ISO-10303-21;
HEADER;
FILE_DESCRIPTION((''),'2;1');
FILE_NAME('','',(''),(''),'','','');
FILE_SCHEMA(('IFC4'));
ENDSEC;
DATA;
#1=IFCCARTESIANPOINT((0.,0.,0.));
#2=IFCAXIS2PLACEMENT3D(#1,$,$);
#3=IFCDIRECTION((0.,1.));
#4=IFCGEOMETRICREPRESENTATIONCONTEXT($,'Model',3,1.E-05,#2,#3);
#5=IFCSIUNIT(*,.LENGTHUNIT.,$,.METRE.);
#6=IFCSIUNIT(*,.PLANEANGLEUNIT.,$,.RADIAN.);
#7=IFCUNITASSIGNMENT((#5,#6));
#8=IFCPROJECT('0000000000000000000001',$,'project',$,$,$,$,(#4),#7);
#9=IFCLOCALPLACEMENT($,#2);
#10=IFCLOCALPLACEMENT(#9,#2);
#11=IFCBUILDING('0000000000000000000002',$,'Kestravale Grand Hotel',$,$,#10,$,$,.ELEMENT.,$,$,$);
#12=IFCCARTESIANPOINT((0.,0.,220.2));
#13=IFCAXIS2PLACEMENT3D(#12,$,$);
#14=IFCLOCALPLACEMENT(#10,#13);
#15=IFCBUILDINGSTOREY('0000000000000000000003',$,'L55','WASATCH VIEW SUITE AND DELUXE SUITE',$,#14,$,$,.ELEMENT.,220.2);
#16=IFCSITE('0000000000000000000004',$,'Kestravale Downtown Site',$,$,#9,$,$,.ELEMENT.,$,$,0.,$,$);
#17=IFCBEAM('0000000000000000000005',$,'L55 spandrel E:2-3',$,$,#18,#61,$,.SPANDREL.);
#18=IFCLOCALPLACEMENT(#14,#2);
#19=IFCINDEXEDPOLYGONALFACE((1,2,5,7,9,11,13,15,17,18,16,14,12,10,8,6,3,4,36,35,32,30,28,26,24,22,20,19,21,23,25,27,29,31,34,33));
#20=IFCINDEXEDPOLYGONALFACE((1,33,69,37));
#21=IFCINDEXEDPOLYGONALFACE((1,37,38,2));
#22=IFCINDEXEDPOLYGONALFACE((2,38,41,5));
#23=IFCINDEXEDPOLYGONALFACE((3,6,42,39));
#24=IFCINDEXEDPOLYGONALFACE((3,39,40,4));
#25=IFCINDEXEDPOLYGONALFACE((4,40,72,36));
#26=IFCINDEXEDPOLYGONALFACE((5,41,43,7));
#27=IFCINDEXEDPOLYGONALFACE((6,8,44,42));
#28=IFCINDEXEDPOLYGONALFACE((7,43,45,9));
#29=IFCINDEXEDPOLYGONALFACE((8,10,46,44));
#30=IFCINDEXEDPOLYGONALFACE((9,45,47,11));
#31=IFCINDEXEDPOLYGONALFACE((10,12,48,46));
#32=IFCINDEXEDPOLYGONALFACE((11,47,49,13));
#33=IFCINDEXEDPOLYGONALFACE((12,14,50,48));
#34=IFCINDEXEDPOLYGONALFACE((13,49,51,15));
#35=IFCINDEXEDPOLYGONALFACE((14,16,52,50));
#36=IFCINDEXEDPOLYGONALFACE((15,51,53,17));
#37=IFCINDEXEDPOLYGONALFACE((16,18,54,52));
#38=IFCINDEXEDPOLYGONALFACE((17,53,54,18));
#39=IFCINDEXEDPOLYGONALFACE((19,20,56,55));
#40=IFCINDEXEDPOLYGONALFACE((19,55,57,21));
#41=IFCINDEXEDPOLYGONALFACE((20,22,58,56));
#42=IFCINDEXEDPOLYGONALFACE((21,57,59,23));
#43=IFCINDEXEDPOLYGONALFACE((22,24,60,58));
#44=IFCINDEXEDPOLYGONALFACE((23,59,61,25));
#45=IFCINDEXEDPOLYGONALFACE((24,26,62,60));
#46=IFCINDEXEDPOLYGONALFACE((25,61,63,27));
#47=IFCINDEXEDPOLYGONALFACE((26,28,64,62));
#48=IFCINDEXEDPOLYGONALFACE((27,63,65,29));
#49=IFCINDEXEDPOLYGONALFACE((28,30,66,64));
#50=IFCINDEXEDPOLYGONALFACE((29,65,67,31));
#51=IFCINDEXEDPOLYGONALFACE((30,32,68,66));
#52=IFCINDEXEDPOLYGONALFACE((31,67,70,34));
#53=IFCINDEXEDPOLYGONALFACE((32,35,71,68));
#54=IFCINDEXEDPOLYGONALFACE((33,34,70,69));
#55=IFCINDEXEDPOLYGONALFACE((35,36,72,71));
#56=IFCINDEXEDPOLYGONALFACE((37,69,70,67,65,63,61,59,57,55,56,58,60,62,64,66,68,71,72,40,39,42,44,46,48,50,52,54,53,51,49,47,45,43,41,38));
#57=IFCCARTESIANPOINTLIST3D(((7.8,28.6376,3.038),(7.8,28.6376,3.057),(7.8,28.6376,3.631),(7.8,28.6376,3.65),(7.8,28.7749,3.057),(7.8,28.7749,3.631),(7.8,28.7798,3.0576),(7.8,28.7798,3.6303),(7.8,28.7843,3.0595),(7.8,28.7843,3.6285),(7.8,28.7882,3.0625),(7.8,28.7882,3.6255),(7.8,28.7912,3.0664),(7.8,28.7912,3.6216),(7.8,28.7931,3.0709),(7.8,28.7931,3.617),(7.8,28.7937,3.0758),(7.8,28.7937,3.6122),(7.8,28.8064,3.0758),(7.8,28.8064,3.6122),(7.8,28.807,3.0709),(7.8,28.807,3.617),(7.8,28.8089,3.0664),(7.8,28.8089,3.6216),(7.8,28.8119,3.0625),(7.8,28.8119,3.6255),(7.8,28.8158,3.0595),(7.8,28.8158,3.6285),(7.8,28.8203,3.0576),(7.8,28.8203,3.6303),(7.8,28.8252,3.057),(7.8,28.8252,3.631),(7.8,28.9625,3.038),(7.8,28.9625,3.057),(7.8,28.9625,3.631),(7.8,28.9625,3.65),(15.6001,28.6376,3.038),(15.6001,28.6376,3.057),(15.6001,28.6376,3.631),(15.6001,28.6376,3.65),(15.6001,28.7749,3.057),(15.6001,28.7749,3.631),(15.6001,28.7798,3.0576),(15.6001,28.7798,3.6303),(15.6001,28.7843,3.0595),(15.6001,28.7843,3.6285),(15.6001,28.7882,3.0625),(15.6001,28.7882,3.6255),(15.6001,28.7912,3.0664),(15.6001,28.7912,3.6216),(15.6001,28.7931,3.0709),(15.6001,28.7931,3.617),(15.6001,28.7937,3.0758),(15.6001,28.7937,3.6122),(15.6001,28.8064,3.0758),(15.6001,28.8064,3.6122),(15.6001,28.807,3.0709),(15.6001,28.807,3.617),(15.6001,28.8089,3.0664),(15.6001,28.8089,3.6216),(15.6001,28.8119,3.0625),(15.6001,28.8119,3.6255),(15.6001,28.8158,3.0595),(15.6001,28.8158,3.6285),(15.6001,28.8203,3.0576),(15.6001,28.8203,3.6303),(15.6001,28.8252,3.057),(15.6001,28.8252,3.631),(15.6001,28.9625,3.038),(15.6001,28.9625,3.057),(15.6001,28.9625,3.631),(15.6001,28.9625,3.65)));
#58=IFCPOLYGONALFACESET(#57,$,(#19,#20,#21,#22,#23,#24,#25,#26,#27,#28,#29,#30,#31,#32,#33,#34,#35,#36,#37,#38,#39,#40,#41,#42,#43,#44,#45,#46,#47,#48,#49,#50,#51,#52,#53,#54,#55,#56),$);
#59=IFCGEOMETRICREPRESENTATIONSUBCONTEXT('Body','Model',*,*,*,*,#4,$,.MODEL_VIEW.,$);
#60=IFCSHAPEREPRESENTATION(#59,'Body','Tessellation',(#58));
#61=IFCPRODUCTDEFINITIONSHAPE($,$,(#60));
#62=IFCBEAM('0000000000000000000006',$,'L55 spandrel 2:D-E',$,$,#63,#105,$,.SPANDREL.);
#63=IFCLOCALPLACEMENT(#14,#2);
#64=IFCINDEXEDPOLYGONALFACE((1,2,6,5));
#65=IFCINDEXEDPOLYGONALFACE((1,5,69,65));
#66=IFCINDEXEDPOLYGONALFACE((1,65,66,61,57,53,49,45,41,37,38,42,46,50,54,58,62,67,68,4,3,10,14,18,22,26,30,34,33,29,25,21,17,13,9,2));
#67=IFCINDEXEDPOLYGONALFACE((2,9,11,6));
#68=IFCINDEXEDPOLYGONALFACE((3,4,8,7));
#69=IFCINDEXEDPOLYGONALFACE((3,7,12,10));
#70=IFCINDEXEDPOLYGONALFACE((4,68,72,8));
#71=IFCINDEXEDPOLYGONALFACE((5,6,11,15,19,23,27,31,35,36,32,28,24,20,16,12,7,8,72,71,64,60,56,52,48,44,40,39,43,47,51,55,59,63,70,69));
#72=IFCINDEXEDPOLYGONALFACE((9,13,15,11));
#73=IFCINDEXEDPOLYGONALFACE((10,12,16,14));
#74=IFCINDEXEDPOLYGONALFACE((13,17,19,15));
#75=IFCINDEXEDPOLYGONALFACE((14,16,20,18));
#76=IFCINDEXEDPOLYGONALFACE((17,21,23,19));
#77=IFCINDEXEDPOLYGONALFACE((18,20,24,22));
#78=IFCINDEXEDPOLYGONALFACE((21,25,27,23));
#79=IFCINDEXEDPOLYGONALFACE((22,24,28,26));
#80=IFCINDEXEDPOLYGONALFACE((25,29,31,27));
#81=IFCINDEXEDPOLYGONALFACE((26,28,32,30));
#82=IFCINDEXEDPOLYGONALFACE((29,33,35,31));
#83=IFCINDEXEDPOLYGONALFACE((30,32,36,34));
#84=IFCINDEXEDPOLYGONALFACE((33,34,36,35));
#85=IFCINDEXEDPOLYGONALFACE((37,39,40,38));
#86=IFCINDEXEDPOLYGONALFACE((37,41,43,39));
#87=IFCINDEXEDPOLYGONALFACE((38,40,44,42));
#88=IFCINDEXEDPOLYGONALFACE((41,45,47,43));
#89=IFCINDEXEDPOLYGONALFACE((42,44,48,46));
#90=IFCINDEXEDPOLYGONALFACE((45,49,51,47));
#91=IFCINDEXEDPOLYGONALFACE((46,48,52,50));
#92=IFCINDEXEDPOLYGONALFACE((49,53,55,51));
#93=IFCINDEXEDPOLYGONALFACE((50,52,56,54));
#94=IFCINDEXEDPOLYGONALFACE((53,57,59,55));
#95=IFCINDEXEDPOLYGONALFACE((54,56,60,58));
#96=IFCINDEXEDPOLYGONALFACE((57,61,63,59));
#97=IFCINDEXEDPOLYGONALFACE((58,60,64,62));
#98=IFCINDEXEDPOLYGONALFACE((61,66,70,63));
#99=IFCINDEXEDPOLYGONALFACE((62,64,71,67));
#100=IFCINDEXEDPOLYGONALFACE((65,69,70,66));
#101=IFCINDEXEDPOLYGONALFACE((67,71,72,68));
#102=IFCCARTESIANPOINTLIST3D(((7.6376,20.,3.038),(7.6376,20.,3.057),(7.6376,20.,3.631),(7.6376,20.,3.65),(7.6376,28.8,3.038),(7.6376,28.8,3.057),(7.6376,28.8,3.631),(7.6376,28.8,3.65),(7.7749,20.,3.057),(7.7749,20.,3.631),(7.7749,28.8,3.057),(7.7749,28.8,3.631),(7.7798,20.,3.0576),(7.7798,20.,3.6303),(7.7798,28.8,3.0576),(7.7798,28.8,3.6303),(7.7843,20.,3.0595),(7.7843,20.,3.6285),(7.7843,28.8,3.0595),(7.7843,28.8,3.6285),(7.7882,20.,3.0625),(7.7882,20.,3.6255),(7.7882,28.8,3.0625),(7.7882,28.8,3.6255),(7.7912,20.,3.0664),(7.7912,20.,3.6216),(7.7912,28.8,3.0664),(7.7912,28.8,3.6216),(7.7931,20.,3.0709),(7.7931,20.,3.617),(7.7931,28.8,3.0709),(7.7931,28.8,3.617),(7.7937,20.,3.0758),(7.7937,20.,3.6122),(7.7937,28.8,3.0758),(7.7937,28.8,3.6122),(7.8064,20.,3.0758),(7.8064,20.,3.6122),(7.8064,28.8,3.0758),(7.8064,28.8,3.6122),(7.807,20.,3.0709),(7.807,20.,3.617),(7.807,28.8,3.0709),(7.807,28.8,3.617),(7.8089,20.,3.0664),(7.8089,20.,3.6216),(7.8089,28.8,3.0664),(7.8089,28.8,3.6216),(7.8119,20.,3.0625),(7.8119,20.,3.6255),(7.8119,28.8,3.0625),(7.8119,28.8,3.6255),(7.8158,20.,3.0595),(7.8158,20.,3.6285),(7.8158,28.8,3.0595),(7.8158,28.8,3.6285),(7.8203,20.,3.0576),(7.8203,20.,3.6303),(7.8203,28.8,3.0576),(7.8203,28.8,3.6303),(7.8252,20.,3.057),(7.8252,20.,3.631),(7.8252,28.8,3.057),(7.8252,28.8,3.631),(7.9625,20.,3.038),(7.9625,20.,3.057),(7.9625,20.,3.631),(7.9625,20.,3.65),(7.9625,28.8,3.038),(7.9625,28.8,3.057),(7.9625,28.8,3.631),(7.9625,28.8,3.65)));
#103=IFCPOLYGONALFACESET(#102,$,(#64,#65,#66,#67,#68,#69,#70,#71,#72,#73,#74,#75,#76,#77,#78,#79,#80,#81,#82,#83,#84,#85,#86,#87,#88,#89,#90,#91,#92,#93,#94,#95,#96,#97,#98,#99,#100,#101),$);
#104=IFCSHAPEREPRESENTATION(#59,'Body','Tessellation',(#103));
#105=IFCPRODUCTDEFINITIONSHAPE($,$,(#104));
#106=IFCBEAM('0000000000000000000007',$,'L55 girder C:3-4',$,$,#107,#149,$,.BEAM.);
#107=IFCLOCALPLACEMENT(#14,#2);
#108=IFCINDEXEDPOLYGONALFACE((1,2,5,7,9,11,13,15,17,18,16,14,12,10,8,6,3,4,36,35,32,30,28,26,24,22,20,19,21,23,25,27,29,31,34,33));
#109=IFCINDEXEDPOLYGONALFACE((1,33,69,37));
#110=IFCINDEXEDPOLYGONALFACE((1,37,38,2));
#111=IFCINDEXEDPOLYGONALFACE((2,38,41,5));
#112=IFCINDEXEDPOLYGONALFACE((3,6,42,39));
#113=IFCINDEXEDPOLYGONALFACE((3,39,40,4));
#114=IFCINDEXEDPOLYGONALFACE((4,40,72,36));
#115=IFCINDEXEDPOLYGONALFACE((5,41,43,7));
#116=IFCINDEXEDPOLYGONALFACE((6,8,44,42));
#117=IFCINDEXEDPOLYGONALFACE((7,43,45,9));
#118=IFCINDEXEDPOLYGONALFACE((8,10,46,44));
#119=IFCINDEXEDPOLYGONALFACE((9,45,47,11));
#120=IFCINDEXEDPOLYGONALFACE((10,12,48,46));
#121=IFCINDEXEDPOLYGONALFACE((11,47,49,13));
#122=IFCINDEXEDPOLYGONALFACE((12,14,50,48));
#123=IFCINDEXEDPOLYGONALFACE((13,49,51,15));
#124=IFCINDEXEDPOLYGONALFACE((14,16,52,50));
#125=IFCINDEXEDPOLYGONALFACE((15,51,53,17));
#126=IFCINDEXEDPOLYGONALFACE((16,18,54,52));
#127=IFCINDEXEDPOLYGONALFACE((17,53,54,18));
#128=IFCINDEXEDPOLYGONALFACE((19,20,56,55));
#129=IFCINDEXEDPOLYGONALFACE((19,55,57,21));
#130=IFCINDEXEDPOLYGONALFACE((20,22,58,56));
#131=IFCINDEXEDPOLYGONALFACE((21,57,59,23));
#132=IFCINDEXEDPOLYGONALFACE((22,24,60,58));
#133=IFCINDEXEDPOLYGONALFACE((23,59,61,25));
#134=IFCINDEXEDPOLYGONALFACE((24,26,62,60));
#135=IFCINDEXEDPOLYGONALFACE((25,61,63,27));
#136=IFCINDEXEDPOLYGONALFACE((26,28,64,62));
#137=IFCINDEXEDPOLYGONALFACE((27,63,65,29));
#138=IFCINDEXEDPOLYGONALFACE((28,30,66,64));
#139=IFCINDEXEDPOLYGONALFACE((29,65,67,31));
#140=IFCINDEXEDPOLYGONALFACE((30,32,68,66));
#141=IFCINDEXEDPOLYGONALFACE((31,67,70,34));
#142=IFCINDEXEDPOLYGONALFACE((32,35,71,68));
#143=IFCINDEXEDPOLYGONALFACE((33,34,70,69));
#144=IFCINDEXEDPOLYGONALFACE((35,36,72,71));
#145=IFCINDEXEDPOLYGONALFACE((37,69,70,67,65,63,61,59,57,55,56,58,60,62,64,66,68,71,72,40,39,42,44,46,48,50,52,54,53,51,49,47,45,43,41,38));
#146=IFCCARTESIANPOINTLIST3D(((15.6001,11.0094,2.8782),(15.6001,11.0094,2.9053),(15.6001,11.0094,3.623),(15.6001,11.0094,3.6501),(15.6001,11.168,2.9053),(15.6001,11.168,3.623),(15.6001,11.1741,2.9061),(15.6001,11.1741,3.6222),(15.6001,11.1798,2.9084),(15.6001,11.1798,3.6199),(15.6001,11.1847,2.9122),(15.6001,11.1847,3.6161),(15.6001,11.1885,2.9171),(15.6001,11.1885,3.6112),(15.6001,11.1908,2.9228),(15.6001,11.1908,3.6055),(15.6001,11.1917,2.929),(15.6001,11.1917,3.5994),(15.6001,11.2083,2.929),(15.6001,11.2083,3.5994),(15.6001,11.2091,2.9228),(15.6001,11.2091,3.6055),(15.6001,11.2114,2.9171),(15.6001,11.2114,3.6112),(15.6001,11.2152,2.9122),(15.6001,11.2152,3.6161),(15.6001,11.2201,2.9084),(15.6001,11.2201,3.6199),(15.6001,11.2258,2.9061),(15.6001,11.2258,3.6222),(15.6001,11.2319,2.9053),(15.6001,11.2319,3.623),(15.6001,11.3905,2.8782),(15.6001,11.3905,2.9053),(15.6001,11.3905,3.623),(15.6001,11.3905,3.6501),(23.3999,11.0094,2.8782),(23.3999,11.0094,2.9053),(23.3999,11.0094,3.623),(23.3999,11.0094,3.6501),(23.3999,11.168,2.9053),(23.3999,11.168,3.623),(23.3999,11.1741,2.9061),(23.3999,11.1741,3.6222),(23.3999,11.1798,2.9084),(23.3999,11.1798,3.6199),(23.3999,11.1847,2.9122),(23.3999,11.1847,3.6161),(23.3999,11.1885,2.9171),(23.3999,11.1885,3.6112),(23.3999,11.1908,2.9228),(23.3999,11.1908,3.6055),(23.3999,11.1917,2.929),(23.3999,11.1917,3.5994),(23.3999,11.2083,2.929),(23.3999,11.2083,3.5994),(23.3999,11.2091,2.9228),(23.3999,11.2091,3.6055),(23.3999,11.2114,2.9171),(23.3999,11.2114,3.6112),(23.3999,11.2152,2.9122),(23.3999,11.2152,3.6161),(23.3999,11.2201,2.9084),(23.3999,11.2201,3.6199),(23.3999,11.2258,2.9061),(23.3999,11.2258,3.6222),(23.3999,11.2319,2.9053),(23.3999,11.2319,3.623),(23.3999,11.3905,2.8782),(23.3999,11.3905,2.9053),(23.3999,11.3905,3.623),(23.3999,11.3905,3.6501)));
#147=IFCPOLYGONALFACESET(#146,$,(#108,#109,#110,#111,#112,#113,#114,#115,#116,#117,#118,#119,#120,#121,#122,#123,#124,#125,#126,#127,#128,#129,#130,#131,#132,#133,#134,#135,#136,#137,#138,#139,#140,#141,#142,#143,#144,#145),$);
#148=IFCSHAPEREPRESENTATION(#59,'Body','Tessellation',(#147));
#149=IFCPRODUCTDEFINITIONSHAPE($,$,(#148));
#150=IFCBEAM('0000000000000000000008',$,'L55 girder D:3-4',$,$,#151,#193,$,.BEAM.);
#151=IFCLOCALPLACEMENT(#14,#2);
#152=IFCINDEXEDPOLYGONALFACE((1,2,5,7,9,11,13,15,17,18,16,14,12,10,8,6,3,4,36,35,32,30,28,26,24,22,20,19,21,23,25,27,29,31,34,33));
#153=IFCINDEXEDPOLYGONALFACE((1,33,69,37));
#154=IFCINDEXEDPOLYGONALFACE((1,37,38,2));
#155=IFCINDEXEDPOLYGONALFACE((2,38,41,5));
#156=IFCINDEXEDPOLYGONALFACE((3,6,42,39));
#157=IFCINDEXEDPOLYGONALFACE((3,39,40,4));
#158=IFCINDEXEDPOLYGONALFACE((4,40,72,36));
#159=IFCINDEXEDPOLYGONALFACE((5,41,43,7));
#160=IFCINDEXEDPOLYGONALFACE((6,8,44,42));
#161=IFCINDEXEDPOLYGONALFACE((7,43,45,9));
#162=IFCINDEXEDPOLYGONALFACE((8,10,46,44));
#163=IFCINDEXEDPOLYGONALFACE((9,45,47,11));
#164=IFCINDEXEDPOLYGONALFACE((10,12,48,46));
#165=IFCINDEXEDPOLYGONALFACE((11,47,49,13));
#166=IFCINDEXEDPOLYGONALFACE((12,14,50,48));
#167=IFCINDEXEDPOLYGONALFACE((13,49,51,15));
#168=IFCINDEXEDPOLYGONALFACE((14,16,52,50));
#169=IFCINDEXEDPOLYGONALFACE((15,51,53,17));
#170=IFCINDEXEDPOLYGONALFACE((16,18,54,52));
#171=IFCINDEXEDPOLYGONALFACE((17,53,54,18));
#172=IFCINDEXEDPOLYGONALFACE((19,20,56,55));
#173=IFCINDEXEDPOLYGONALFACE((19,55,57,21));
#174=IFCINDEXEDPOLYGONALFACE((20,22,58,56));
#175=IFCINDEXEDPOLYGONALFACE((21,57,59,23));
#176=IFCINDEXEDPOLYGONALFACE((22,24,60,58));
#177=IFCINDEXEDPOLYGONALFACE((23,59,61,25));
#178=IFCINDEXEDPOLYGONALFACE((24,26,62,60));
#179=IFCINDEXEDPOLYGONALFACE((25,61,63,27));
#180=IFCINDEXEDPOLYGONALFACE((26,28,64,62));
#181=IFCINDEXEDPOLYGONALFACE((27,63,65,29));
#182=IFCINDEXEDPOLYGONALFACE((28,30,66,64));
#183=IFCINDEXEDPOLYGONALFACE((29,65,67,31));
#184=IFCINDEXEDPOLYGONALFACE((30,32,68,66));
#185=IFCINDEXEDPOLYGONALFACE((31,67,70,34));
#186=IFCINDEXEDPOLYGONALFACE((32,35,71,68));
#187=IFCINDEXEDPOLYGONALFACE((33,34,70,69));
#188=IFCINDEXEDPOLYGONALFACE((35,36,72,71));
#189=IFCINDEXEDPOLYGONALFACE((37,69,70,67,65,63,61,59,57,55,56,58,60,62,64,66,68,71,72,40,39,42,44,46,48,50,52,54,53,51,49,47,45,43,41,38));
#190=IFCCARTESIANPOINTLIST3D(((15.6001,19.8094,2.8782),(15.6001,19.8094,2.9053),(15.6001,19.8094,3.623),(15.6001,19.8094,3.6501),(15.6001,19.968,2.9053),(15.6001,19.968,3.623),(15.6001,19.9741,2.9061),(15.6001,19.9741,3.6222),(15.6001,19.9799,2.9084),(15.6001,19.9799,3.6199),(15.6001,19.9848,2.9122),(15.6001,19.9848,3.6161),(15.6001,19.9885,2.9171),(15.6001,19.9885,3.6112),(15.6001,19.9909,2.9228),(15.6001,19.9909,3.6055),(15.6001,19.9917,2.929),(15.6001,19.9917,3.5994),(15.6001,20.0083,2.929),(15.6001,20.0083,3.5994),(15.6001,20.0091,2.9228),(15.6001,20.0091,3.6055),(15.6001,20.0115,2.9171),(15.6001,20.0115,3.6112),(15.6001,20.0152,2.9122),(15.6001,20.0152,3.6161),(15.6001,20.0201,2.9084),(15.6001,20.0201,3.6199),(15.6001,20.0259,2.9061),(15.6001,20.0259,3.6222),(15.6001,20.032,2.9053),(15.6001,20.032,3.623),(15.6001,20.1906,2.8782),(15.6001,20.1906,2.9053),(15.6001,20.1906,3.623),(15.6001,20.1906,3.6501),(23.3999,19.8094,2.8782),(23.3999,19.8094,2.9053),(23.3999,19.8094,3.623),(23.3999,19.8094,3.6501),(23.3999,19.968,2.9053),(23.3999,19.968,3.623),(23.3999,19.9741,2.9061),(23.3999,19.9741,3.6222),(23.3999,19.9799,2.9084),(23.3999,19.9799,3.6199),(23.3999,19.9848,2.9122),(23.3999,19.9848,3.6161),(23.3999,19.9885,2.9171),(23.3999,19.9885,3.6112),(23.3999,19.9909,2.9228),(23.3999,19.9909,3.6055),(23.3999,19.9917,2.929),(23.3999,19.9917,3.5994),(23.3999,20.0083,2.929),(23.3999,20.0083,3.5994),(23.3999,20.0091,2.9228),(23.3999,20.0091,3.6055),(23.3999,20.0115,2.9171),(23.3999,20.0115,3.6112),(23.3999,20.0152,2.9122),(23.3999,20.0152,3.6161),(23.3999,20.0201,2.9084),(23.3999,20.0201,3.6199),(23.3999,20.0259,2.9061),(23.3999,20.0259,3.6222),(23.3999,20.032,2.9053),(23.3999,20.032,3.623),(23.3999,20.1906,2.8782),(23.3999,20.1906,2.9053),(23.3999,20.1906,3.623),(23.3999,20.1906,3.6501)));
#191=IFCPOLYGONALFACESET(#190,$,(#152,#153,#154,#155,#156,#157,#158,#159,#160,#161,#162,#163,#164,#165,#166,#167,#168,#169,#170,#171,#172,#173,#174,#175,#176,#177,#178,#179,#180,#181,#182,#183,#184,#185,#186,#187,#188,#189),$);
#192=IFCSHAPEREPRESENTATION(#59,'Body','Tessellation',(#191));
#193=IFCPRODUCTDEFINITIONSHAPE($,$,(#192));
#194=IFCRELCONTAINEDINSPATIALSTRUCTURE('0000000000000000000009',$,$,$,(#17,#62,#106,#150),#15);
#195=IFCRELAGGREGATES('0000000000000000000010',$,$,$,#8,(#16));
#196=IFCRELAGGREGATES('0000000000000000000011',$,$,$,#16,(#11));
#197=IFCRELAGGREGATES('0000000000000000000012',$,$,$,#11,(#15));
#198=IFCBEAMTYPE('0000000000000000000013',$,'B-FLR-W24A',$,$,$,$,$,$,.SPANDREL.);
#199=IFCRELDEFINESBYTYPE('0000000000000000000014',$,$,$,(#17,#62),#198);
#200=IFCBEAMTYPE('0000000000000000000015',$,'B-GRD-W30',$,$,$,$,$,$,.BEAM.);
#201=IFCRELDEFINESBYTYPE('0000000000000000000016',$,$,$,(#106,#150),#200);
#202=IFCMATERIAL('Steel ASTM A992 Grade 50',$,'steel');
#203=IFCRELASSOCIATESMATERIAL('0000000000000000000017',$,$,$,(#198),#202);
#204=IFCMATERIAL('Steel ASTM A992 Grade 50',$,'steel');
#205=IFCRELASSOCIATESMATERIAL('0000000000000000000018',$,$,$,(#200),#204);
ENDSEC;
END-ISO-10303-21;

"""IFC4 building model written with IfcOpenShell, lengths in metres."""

from ifc_helpers import new_model, si_unit, direction, frame, origin, origin_2d, place, context, subcontext, project, spatial, i_section, extrude, material, material_profile, profile_set, type_object, element, save


model = new_model("IFC4")

# Units and contexts
model_context = context("Model", 3, precision=1e-05, world=origin(), true_north=direction((0.0, 1.0)))
body_context = subcontext(model_context, "Body", "Model", "MODEL_VIEW")
ifc_project = project(units=[si_unit("LENGTHUNIT", "METRE"), si_unit("PLANEANGLEUNIT", "RADIAN")], contexts=[model_context])

# Site, building, storey
site_placement = place(None, origin())
site = spatial("IfcSite", under=ifc_project, at=site_placement, Name="Kestravale Downtown Site", CompositionType="ELEMENT", RefElevation=0.0)
building_placement = place(site_placement, origin())
building = spatial("IfcBuilding", under=site, at=building_placement, Name="Kestravale Grand Hotel", CompositionType="ELEMENT")
storey_placement = place(building_placement, frame((0.0, 0.0, 220.2)))
storey = spatial("IfcBuildingStorey", under=building, at=storey_placement, Name="L55", Description="WASATCH VIEW SUITE AND DELUXE SUITE", CompositionType="ELEMENT", Elevation=220.2)

# Beams
ifc_material_1 = material(Name="Steel ASTM A992 Grade 50", Category="steel")
ifc_material_profile_1 = material_profile(ifc_material_1, i_section(OverallWidth=0.325, OverallDepth=0.6121, WebThickness=0.0127, FlangeThickness=0.019, FilletRadius=0.0188, at=origin_2d()))
ifc_profile_set_1 = profile_set([ifc_material_profile_1], Name="Steel ASTM A992 Grade 50")
beam_type_1 = type_object("IfcBeamType", Name="B-FLR-W24A", PredefinedType="SPANDREL", material=ifc_profile_set_1)
for number, where, z_axis, x_axis, name in (
    (1, (7.8, 28.8, 3.344), (1.0, 0.0, 0.0), (0.0, 1.0, 0.0), "L55 spandrel E:2-3"),
):
    element("IfcBeam", number, at=place(storey_placement, frame(where, z_axis=z_axis, x_axis=x_axis)), inside=storey, type_object=beam_type_1, Name=name, PredefinedType="SPANDREL", context=body_context, shape_type="SweptSolid", body=[
        extrude(i_section(OverallWidth=0.325, OverallDepth=0.6121, WebThickness=0.0127, FlangeThickness=0.019, FilletRadius=0.0188, at=origin_2d()), origin(), (0.0, 0.0, 1.0), 7.8),
    ])
beam_placement = place(storey_placement, frame((7.8, 20.0, 3.344), z_axis=(0.0, 1.0, 0.0), x_axis=(-1.0, 0.0, 0.0)))
element("IfcBeam", 2, at=beam_placement, inside=storey, type_object=beam_type_1, Name="L55 spandrel 2:D-E", PredefinedType="SPANDREL", context=body_context, shape_type="SweptSolid", body=[
    extrude(i_section(OverallWidth=0.325, OverallDepth=0.6121, WebThickness=0.0127, FlangeThickness=0.019, FilletRadius=0.0188, at=origin_2d()), origin(), (0.0, 0.0, 1.0), 8.8),
])
ifc_material_2 = material(Name="Steel ASTM A992 Grade 50", Category="steel")
ifc_material_profile_2 = material_profile(ifc_material_2, i_section(OverallWidth=0.3811, OverallDepth=0.772, WebThickness=0.0166, FlangeThickness=0.0271, FilletRadius=0.0237, at=origin_2d()))
ifc_profile_set_2 = profile_set([ifc_material_profile_2], Name="Steel ASTM A992 Grade 50")
beam_type_2 = type_object("IfcBeamType", Name="B-GRD-W30", PredefinedType="BEAM", material=ifc_profile_set_2)
for number, where, z_axis, x_axis, name in (
    (3, (15.6001, 11.2, 3.2642), (1.0, 0.0, 0.0), (0.0, 1.0, 0.0), "L55 girder C:3-4"),
    (4, (15.6001, 20.0, 3.2642), (1.0, 0.0, 0.0), (0.0, 1.0, 0.0), "L55 girder D:3-4"),
):
    element("IfcBeam", number, at=place(storey_placement, frame(where, z_axis=z_axis, x_axis=x_axis)), inside=storey, type_object=beam_type_2, Name=name, PredefinedType="BEAM", context=body_context, shape_type="SweptSolid", body=[
        extrude(i_section(OverallWidth=0.3811, OverallDepth=0.772, WebThickness=0.0166, FlangeThickness=0.0271, FilletRadius=0.0237, at=origin_2d()), origin(), (0.0, 0.0, 1.0), 7.7998),
    ])

save(model, "model.ifc")
